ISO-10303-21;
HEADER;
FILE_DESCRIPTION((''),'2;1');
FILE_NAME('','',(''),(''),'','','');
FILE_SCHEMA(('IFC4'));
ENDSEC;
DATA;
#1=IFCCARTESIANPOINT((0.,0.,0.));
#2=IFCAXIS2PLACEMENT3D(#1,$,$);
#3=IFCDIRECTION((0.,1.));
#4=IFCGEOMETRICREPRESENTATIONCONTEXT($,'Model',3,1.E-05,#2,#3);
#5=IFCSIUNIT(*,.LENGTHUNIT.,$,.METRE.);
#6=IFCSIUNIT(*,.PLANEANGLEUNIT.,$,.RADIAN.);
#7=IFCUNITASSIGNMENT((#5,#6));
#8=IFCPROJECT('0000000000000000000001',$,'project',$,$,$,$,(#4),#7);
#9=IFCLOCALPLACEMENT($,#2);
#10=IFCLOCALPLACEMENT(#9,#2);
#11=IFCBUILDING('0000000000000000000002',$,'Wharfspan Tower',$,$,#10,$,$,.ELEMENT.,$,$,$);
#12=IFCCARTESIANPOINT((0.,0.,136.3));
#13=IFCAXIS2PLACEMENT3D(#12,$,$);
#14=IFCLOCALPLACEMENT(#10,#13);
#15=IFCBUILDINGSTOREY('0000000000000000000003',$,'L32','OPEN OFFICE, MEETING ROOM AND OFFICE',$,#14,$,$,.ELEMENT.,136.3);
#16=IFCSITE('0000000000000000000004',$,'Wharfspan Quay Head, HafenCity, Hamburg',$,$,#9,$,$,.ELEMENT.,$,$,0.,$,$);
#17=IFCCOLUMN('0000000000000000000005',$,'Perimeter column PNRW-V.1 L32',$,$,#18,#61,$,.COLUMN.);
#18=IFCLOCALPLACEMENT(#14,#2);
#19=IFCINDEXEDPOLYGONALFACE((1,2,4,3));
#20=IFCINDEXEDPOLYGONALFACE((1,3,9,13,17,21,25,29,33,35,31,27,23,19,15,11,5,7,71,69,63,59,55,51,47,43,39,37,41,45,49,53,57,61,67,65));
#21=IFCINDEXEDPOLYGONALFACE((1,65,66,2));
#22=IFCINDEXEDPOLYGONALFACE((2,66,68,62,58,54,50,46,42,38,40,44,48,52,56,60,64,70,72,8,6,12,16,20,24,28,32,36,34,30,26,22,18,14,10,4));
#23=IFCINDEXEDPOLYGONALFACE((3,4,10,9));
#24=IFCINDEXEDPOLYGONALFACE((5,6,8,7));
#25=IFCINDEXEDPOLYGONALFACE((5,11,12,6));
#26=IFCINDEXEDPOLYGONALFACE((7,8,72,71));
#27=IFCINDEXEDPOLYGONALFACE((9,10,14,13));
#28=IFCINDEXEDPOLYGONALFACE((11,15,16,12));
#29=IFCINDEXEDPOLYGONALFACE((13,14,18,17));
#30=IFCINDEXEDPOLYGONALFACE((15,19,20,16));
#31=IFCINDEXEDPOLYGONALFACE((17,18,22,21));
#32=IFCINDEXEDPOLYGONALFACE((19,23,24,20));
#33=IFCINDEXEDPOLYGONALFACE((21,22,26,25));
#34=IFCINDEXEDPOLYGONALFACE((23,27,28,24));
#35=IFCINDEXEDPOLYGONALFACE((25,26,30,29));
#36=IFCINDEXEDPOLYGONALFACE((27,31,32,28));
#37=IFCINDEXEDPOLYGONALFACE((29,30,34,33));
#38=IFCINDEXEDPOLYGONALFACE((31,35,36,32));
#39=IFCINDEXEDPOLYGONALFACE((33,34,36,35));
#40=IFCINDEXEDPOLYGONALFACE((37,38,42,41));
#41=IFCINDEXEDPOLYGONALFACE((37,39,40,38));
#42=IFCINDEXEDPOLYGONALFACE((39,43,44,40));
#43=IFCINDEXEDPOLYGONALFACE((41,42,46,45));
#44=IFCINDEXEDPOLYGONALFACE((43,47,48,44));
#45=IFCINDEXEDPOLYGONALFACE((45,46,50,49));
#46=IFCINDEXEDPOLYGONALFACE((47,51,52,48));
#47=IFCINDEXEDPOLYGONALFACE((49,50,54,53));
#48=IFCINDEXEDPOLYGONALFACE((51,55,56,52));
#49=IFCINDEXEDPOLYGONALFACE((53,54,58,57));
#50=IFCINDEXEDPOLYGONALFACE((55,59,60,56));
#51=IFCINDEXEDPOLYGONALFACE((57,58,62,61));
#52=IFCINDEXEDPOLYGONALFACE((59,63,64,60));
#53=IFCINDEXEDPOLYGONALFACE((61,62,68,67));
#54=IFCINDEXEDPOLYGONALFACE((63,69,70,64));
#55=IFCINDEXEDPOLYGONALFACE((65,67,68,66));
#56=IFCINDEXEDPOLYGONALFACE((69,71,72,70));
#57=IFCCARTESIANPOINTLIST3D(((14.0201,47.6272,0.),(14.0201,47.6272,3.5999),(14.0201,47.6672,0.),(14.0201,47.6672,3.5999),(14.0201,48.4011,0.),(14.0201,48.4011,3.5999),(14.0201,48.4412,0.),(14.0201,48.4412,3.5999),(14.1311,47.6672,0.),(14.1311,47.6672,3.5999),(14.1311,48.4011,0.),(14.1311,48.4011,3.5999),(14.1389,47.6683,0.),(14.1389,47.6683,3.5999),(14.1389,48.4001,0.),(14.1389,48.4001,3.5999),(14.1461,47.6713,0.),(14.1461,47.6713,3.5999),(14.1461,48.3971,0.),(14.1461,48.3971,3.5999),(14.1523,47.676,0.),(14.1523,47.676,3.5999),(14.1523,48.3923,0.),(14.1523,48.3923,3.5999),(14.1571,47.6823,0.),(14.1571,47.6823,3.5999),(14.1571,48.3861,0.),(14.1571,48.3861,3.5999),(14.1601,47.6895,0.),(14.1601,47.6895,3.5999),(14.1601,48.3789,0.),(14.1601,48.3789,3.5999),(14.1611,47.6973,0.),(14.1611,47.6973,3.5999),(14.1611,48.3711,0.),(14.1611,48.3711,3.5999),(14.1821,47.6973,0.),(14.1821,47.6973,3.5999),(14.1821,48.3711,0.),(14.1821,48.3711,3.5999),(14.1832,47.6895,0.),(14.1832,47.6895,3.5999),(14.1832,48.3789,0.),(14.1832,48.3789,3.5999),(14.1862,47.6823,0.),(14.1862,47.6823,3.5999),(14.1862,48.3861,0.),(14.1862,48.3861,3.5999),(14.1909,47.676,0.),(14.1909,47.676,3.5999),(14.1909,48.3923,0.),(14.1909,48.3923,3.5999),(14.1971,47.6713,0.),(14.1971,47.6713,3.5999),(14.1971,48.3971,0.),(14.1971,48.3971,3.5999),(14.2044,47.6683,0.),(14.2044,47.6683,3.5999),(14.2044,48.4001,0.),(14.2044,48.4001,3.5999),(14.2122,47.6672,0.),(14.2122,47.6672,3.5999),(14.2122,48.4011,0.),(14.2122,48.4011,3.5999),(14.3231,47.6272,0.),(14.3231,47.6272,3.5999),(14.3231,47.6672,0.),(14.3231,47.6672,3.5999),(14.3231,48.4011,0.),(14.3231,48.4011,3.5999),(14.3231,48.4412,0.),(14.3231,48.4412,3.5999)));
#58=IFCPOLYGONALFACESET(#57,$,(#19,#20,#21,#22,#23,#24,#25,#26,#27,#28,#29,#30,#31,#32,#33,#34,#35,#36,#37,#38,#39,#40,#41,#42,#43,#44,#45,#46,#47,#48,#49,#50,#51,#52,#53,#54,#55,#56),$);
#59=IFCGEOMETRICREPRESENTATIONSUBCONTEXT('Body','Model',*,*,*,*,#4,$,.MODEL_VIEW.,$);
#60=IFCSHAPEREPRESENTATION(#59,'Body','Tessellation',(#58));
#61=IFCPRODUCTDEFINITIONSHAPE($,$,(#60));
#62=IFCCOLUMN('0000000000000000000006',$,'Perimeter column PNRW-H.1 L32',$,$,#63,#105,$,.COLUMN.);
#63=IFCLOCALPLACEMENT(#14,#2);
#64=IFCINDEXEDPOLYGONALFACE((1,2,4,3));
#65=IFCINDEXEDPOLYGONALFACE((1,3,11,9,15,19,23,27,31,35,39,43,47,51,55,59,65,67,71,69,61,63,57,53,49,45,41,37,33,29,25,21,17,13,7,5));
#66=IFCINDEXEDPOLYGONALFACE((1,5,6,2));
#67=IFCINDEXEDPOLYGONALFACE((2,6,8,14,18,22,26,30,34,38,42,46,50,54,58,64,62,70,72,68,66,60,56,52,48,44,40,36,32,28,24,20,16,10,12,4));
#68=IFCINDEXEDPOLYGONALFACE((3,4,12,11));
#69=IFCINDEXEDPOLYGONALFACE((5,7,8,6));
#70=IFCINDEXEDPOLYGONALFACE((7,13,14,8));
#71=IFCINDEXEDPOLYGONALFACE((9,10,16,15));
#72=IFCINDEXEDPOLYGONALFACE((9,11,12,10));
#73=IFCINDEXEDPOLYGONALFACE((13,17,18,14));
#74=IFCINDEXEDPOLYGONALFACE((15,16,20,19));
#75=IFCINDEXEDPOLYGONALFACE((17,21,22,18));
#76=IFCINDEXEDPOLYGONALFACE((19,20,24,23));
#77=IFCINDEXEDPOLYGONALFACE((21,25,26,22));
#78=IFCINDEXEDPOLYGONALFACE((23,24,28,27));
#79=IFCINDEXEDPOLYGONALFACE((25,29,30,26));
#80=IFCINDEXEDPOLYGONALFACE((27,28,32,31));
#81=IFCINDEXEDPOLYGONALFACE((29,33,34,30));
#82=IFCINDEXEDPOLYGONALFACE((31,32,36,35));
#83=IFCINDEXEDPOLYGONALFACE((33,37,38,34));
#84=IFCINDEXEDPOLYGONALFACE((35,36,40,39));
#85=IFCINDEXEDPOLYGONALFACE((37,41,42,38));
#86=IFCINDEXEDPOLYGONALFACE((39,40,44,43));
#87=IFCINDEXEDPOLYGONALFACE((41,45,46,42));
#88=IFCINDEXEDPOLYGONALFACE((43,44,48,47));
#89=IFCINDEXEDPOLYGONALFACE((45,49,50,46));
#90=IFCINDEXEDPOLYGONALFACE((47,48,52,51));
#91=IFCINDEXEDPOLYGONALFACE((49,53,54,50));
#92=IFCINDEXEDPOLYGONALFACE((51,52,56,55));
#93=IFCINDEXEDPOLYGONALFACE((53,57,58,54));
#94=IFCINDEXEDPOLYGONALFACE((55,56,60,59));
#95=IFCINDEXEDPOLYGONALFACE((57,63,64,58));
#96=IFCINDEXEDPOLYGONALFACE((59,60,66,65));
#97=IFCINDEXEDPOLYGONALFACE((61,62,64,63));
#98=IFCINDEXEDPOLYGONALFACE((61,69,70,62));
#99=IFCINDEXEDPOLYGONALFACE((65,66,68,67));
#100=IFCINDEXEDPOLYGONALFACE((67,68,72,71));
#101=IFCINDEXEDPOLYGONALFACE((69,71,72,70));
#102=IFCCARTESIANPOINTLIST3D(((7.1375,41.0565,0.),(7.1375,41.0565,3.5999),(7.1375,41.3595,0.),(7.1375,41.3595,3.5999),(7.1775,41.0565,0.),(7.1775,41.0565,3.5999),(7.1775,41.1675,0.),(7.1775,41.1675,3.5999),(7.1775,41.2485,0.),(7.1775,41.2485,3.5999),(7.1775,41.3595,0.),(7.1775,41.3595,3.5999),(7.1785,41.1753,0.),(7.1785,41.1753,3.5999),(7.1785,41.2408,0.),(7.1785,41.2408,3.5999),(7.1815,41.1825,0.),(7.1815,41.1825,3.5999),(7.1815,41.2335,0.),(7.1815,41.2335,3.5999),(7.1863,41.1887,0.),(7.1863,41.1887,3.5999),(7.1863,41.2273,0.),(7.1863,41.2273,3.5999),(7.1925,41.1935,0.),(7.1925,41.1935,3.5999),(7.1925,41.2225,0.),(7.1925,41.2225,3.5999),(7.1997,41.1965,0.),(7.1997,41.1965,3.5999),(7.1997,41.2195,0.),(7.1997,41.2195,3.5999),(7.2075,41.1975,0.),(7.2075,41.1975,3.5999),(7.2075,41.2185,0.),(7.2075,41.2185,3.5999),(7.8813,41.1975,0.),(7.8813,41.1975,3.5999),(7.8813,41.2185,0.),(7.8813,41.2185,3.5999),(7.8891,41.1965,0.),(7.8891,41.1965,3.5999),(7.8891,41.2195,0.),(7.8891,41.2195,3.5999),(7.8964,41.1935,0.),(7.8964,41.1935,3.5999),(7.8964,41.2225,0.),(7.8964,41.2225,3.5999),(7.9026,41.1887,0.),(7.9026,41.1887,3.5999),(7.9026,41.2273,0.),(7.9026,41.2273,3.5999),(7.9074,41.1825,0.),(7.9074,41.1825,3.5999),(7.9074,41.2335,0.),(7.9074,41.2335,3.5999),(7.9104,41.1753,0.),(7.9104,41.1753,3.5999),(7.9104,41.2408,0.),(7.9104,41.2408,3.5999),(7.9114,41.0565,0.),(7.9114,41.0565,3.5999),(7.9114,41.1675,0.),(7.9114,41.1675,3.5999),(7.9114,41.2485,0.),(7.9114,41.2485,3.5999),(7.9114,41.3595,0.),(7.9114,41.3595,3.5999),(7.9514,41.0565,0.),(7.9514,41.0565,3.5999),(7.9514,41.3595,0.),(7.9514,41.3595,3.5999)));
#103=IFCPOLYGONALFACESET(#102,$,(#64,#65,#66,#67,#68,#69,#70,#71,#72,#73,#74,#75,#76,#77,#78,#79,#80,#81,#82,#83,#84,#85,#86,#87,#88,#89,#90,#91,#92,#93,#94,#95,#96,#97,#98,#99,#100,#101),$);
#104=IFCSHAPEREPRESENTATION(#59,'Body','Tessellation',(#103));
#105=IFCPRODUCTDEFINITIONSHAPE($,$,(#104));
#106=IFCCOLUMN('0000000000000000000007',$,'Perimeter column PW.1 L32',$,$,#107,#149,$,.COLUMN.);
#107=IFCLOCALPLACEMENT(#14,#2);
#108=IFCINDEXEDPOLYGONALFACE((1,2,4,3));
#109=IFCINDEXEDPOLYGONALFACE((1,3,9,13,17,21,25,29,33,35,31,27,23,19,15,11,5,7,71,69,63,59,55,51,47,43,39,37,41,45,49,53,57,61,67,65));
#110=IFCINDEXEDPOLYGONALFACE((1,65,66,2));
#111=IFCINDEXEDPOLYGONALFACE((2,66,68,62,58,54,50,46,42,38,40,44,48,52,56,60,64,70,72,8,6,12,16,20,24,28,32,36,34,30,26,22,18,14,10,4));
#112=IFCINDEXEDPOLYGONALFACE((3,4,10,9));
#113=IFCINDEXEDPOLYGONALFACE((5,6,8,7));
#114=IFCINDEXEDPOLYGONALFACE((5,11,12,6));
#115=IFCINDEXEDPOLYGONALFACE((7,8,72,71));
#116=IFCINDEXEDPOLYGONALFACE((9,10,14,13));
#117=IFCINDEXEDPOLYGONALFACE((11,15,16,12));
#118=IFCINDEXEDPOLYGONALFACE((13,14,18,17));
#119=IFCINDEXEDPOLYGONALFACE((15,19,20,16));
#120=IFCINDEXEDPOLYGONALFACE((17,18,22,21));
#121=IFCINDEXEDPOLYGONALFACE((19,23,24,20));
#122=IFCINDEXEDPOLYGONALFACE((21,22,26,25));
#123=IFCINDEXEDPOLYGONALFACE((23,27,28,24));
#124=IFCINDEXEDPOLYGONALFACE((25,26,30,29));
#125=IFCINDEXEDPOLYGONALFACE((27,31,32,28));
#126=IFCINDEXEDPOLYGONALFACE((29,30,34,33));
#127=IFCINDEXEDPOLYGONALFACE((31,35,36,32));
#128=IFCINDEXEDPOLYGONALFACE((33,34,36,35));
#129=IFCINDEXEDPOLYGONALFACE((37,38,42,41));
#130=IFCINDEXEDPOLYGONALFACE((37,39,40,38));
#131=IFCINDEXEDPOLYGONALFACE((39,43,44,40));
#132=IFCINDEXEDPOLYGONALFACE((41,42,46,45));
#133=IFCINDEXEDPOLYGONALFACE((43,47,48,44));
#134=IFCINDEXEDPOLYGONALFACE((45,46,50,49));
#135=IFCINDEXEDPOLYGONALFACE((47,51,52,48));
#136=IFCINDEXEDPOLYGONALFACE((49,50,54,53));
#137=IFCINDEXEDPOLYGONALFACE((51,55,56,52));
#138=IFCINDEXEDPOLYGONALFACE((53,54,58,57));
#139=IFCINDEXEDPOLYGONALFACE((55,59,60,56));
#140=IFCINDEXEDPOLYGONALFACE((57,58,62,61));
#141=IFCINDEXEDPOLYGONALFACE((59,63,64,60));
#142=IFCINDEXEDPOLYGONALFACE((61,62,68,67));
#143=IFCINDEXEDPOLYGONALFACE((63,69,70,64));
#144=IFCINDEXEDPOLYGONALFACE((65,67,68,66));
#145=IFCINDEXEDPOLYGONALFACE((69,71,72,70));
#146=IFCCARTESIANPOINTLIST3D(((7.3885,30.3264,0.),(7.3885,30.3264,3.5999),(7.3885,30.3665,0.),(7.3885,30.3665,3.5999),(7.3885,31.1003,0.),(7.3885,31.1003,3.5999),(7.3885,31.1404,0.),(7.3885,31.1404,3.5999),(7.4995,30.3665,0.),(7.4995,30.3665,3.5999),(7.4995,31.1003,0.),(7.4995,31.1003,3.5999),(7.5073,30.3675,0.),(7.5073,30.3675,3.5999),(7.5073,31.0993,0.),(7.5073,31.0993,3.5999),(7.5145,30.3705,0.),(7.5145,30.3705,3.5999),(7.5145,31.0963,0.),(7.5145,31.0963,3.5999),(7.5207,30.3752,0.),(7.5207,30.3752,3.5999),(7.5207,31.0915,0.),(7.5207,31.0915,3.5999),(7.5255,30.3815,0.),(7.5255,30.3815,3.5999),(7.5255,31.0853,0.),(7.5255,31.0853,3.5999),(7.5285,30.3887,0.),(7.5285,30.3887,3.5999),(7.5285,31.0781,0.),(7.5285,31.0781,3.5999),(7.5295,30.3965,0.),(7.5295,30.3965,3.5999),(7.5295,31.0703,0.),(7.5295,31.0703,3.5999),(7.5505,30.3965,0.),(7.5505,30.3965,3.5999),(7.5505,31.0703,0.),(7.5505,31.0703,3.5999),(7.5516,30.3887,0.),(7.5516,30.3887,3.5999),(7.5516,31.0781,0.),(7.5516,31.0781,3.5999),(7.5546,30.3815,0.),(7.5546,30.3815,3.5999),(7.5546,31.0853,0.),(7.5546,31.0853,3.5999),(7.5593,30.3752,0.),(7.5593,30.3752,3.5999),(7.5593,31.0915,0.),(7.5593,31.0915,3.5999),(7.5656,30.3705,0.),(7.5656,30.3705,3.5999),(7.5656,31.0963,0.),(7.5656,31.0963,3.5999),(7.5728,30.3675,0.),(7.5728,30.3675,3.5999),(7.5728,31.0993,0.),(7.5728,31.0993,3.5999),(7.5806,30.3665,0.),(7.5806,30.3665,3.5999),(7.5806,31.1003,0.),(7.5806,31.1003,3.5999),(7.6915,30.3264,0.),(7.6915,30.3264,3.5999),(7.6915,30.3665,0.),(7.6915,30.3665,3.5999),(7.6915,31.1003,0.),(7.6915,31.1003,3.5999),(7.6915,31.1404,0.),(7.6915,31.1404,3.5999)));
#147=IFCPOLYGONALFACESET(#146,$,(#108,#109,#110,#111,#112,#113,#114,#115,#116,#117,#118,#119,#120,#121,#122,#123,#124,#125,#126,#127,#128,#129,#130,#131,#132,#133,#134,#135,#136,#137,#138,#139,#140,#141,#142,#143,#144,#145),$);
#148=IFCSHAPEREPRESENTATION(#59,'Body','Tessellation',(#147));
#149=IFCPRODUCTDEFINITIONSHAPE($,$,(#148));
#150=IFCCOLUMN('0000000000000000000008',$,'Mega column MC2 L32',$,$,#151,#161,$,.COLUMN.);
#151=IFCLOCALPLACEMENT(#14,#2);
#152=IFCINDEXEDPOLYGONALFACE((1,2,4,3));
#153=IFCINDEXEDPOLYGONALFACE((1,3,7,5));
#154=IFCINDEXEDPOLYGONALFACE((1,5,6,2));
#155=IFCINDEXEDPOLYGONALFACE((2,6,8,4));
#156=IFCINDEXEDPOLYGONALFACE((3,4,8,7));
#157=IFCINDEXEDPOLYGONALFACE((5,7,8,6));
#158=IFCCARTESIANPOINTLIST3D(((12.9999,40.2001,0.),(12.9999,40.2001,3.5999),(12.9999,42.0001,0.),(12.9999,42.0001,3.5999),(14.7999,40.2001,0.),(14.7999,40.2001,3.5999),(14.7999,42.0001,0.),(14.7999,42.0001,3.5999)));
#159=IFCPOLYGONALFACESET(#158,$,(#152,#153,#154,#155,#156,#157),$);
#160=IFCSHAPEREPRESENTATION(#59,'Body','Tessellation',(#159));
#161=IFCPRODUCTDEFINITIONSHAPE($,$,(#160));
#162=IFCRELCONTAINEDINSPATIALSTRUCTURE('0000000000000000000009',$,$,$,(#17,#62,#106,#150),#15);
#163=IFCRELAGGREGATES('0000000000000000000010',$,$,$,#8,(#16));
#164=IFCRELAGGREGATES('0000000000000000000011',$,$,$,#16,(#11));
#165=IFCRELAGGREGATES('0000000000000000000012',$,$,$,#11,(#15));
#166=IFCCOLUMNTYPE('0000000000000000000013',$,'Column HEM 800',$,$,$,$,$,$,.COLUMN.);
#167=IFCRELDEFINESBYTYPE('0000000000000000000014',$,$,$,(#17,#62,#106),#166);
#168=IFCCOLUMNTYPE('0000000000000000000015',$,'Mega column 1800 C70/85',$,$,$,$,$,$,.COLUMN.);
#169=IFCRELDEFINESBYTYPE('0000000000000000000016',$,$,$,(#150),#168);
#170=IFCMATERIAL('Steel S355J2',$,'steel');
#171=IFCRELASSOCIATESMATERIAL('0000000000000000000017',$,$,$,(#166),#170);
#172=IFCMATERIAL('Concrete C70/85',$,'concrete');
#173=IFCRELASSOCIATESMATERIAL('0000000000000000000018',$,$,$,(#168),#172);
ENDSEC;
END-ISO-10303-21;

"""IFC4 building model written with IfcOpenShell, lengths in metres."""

from ifc_helpers import new_model, si_unit, direction, frame, origin, origin_2d, place, context, subcontext, project, spatial, rectangle, i_section, extrude, material, material_profile, profile_set, type_object, element, save


model = new_model("IFC4")

# Units and contexts
model_context = context("Model", 3, precision=1e-05, world=origin(), true_north=direction((0.0, 1.0)))
body_context = subcontext(model_context, "Body", "Model", "MODEL_VIEW")
ifc_project = project(units=[si_unit("LENGTHUNIT", "METRE"), si_unit("PLANEANGLEUNIT", "RADIAN")], contexts=[model_context])

# Site, building, storey
site_placement = place(None, origin())
site = spatial("IfcSite", under=ifc_project, at=site_placement, Name="Wharfspan Quay Head, HafenCity, Hamburg", CompositionType="ELEMENT", RefElevation=0.0)
building_placement = place(site_placement, origin())
building = spatial("IfcBuilding", under=site, at=building_placement, Name="Wharfspan Tower", CompositionType="ELEMENT")
storey_placement = place(building_placement, frame((0.0, 0.0, 136.3)))
storey = spatial("IfcBuildingStorey", under=building, at=storey_placement, Name="L32", Description="OPEN OFFICE, MEETING ROOM AND OFFICE", CompositionType="ELEMENT", Elevation=136.3)

# Columns
ifc_material_1 = material(Name="Steel S355J2", Category="steel")
ifc_material_profile_1 = material_profile(ifc_material_1, i_section(OverallWidth=0.303, OverallDepth=0.814, WebThickness=0.021, FlangeThickness=0.04, FilletRadius=0.03, at=origin_2d()))
ifc_profile_set_1 = profile_set([ifc_material_profile_1], Name="Steel S355J2")
column_type_1 = type_object("IfcColumnType", Name="Column HEM 800", PredefinedType="COLUMN", material=ifc_profile_set_1)
for number, where, z_axis, x_axis, name in (
    (1, (14.1716, 48.0342, 0.0), (0.0, 0.0, 1.0), (-1.0, 0.0, 0.0), "Perimeter column PNRW-V.1 L32"),
    (2, (7.5444, 41.208, 0.0), (0.0, 0.0, 1.0), (0.0, 1.0, 0.0), "Perimeter column PNRW-H.1 L32"),
    (3, (7.54, 30.7334, 0.0), (0.0, 0.0, 1.0), (-1.0, 0.0, 0.0), "Perimeter column PW.1 L32"),
):
    element("IfcColumn", number, at=place(storey_placement, frame(where, z_axis=z_axis, x_axis=x_axis)), inside=storey, type_object=column_type_1, Name=name, PredefinedType="COLUMN", context=body_context, shape_type="SweptSolid", body=[
        extrude(i_section(OverallWidth=0.303, OverallDepth=0.814, WebThickness=0.021, FlangeThickness=0.04, FilletRadius=0.03, at=origin_2d()), origin(), (0.0, 0.0, 1.0), 3.5999),
    ])
ifc_material_2 = material(Name="Concrete C70/85", Category="concrete")
ifc_material_profile_2 = material_profile(ifc_material_2, rectangle(XDim=1.8, YDim=1.8, at=origin_2d()))
ifc_profile_set_2 = profile_set([ifc_material_profile_2], Name="Concrete C70/85")
column_type_2 = type_object("IfcColumnType", Name="Mega column 1800 C70/85", PredefinedType="COLUMN", material=ifc_profile_set_2)
column_placement = place(storey_placement, frame((13.8999, 41.1001, 0.0), z_axis=(0.0, 0.0, 1.0), x_axis=(1.0, 0.0, 0.0)))
element("IfcColumn", 4, at=column_placement, inside=storey, type_object=column_type_2, Name="Mega column MC2 L32", PredefinedType="COLUMN", context=body_context, shape_type="SweptSolid", body=[
    extrude(rectangle(XDim=1.8, YDim=1.8, at=origin_2d()), origin(), (0.0, 0.0, 1.0), 3.5999),
])

save(model, "model.ifc")
